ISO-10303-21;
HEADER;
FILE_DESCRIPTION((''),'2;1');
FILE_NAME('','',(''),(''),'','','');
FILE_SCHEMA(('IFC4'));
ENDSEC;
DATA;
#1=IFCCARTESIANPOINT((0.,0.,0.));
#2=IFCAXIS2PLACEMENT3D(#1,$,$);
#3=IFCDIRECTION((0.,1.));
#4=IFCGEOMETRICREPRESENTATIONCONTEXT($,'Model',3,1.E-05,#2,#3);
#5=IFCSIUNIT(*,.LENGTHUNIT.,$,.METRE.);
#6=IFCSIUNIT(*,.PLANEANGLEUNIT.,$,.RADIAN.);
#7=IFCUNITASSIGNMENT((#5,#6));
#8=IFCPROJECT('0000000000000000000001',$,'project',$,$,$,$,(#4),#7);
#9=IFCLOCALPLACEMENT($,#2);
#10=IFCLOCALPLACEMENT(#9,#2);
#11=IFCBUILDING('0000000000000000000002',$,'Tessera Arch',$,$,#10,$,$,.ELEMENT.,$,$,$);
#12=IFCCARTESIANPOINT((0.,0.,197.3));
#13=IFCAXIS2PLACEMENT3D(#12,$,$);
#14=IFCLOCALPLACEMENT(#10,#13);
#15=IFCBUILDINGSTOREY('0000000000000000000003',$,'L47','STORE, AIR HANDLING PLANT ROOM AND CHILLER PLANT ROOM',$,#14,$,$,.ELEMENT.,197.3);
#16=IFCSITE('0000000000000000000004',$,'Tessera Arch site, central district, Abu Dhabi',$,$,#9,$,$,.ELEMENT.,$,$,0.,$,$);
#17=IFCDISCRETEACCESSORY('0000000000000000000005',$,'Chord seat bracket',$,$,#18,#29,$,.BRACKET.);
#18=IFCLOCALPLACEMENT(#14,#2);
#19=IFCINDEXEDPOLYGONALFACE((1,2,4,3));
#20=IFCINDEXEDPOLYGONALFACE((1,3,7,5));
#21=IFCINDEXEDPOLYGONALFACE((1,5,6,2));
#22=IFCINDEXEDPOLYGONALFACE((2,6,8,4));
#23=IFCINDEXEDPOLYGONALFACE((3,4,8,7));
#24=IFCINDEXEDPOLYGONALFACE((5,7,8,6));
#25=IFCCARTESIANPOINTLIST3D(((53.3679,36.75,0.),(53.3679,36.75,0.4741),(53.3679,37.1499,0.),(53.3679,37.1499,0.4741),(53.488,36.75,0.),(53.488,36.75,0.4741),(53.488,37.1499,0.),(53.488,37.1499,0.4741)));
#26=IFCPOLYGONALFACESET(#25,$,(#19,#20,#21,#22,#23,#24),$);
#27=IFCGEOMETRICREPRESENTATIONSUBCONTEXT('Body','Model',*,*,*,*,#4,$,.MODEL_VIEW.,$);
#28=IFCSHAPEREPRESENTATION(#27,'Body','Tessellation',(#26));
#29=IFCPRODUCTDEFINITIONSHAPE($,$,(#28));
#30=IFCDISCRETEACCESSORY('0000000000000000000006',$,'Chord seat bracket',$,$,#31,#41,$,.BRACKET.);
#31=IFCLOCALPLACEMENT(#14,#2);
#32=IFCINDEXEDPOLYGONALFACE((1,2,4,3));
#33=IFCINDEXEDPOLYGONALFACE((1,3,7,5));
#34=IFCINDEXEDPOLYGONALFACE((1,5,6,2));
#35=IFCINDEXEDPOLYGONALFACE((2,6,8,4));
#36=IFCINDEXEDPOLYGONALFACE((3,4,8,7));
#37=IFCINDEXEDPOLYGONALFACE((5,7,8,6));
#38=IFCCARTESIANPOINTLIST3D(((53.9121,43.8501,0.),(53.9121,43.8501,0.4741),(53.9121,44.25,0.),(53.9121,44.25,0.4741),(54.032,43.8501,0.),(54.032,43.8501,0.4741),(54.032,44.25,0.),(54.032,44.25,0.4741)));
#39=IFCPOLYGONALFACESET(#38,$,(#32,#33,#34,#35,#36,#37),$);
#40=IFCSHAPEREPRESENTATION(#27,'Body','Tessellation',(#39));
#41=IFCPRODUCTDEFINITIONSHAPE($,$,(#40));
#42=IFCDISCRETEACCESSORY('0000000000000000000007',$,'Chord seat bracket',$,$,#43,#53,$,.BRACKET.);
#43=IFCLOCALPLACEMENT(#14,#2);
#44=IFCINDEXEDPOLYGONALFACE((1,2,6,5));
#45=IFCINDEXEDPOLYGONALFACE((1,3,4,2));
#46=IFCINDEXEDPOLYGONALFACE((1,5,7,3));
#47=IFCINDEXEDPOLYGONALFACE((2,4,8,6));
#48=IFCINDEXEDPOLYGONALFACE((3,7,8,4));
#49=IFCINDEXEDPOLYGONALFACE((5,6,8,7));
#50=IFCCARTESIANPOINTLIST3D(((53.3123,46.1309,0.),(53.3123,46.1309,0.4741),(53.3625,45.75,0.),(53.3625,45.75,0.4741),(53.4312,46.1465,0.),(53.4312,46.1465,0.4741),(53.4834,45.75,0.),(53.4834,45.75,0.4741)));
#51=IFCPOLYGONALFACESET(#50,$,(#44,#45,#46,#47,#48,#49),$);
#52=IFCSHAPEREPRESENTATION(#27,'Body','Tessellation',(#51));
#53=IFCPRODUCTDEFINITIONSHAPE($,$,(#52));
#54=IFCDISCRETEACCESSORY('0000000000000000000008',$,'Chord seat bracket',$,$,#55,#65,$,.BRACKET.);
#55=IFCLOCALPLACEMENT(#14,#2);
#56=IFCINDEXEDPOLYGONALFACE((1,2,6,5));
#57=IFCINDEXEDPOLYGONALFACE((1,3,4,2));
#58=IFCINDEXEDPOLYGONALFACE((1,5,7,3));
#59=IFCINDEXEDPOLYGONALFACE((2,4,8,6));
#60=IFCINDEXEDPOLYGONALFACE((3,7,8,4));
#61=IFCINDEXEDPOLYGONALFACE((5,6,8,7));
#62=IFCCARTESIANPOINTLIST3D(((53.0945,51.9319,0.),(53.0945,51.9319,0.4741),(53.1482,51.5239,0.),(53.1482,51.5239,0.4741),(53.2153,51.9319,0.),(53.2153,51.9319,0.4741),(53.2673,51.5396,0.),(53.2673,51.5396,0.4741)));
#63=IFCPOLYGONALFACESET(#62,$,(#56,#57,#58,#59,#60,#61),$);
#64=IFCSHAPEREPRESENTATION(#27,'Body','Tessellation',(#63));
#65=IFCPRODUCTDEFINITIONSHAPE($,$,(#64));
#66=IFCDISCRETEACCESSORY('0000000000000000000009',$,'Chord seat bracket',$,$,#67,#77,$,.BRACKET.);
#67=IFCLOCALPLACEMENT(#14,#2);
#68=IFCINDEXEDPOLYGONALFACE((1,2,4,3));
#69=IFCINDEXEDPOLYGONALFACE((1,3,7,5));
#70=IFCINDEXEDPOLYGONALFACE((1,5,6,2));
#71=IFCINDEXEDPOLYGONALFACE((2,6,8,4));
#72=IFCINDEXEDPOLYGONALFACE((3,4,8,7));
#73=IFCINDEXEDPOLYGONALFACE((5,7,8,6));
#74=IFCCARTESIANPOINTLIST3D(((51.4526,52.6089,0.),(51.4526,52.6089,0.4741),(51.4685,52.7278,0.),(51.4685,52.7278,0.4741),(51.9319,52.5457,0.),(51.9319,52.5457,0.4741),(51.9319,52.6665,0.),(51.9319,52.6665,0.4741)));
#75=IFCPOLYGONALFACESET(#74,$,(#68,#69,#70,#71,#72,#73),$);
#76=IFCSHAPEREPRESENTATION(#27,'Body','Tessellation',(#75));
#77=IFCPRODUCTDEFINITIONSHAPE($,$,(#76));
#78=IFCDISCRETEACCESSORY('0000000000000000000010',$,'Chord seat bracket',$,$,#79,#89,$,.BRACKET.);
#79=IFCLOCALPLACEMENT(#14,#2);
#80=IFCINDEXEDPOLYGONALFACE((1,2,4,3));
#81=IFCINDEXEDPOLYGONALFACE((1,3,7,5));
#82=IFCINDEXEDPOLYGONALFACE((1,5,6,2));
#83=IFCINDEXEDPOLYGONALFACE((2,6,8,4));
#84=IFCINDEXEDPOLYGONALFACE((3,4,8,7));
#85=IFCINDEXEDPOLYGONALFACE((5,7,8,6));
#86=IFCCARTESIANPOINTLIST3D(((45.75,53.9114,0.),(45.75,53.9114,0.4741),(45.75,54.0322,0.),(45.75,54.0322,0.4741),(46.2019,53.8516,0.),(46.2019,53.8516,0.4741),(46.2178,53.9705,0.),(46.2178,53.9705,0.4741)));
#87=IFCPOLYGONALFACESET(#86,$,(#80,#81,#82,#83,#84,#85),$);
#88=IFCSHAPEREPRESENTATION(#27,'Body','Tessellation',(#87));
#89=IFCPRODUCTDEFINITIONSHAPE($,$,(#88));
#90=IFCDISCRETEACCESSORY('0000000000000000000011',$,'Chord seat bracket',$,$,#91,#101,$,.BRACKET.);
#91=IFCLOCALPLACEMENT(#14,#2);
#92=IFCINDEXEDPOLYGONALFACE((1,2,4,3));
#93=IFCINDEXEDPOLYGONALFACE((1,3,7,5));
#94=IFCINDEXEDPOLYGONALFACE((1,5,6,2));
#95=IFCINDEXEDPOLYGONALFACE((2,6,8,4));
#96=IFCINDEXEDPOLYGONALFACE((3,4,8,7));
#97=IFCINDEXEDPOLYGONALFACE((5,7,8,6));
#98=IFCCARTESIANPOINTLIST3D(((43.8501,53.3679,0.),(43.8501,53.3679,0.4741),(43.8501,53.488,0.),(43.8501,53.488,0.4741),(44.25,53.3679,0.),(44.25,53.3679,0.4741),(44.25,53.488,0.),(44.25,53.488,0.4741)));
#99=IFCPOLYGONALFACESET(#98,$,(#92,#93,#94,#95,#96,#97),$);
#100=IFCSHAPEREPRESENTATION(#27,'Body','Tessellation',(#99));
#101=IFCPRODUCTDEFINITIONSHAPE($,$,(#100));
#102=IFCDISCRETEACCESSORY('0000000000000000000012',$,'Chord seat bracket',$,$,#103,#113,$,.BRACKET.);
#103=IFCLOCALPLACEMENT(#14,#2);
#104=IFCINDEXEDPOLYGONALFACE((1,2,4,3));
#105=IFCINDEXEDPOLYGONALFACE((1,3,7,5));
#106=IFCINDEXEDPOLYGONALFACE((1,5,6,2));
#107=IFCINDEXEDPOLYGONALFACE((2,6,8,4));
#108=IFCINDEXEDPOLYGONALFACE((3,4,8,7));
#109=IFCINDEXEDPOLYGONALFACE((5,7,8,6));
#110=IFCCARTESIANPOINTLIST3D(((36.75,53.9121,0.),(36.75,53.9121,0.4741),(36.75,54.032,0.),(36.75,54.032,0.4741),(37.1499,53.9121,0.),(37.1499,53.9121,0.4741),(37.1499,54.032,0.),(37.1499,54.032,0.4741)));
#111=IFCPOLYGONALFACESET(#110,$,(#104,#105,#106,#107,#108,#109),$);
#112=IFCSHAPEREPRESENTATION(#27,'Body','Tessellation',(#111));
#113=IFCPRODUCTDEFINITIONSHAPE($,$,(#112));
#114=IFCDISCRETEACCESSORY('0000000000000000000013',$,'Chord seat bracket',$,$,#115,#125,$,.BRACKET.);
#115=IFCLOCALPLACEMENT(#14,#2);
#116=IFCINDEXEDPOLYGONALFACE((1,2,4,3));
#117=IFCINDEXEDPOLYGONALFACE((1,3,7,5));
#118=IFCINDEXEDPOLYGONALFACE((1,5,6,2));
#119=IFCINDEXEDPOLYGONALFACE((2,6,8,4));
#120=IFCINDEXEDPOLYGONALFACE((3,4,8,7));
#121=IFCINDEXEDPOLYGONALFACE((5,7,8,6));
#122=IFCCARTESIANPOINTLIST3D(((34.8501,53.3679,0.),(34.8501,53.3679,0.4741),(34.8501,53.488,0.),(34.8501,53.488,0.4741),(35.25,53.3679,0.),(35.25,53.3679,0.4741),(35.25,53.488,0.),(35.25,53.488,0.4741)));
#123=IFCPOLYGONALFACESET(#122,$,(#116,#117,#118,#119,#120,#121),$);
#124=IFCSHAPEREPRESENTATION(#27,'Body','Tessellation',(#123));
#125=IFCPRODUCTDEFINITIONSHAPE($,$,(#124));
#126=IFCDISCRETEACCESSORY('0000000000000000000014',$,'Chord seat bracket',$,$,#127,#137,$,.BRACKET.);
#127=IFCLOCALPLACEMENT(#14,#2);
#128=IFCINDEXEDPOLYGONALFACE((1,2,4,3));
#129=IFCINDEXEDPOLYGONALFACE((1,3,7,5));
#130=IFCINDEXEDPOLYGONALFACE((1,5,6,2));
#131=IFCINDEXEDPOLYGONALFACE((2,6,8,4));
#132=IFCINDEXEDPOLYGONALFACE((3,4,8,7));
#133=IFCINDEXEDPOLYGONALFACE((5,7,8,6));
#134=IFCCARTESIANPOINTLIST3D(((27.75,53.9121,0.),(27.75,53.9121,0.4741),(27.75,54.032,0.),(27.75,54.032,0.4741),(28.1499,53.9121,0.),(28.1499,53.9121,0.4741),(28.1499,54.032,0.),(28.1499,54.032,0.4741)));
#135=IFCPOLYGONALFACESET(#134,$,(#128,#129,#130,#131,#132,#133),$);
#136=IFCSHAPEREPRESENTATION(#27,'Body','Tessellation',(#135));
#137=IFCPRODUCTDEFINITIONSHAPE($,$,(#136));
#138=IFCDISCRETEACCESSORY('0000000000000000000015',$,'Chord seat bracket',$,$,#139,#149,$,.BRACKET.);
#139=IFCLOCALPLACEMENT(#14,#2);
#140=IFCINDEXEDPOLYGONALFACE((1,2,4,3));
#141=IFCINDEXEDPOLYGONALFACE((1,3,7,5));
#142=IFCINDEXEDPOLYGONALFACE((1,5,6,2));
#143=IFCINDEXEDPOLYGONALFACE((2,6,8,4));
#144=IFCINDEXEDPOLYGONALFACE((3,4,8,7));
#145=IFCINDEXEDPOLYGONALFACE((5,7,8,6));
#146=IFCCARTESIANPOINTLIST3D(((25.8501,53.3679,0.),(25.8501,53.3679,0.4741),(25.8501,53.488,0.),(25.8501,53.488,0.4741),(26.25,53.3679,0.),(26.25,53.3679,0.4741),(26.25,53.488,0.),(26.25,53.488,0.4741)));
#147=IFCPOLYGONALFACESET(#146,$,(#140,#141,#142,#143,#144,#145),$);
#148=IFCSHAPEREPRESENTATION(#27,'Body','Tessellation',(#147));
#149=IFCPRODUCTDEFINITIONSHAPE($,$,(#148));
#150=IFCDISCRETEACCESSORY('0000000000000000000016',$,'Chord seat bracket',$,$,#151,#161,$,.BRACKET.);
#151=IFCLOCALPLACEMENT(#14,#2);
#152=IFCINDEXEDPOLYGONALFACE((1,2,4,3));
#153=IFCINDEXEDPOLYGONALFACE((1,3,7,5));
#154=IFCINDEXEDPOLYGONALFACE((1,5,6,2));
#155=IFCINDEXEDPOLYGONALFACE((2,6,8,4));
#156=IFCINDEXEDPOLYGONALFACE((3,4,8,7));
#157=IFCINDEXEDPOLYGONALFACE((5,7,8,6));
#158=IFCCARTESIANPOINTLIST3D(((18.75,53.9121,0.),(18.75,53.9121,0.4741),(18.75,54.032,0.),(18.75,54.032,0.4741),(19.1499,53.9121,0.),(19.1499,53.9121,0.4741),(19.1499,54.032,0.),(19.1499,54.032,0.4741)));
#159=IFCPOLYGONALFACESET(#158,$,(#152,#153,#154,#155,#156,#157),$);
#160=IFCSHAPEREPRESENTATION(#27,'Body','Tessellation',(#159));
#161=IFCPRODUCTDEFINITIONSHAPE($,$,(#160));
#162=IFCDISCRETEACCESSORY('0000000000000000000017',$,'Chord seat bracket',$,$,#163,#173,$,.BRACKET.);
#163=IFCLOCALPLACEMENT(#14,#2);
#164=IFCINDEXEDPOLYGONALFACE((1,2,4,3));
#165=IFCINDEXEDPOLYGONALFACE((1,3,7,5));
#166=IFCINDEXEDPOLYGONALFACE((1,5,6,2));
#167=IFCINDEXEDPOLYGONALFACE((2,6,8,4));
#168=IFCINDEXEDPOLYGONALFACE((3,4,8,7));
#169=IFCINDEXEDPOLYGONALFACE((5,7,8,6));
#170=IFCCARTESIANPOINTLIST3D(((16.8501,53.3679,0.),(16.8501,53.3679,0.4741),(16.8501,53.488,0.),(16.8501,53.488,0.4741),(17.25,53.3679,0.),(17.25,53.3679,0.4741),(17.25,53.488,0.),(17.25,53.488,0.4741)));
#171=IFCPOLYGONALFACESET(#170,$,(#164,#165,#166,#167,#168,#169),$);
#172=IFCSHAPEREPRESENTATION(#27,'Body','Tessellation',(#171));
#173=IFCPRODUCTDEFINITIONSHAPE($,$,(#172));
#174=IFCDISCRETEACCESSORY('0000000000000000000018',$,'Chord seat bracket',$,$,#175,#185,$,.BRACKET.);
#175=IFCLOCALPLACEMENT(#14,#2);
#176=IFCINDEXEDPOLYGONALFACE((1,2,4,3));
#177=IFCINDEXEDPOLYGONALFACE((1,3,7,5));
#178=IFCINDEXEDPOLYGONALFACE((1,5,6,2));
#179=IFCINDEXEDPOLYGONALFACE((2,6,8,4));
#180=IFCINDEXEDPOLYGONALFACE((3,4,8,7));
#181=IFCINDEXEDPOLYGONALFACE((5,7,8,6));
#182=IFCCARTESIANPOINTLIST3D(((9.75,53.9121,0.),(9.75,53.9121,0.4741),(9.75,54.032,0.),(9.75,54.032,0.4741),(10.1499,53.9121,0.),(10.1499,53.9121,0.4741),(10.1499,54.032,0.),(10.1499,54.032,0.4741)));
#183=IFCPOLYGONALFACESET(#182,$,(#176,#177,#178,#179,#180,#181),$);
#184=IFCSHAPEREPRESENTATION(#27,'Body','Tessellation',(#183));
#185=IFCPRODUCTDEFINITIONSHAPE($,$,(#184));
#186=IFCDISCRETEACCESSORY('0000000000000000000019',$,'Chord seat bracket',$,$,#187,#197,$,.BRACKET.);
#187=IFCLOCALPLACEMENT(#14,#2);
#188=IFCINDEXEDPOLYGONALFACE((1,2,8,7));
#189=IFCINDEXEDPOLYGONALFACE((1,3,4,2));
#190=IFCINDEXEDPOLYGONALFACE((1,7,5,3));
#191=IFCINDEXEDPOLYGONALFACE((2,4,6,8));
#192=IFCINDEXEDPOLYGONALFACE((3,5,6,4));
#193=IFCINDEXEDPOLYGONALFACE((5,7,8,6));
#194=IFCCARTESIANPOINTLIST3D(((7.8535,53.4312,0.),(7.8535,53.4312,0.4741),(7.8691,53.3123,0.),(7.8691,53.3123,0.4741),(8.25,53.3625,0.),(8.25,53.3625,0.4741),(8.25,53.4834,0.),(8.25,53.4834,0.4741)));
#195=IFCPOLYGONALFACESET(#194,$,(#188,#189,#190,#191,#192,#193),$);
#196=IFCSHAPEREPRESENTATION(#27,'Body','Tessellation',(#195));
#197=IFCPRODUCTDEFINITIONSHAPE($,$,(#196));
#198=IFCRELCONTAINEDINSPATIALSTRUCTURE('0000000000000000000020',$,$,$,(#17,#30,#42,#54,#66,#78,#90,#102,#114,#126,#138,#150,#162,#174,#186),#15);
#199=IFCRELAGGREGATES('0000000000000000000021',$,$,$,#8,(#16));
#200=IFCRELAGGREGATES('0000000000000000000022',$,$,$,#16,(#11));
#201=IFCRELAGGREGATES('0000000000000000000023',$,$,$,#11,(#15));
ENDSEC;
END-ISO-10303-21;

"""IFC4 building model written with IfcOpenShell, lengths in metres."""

from ifc_helpers import new_model, si_unit, direction, frame, origin, place, context, subcontext, project, spatial, polyline, outline, extrude, element, save


model = new_model("IFC4")

# Units and contexts
model_context = context("Model", 3, precision=1e-05, world=origin(), true_north=direction((0.0, 1.0)))
body_context = subcontext(model_context, "Body", "Model", "MODEL_VIEW")
ifc_project = project(units=[si_unit("LENGTHUNIT", "METRE"), si_unit("PLANEANGLEUNIT", "RADIAN")], contexts=[model_context])

# Site, building, storey
site_placement = place(None, origin())
site = spatial("IfcSite", under=ifc_project, at=site_placement, Name="Tessera Arch site, central district, Abu Dhabi", CompositionType="ELEMENT", RefElevation=0.0)
building_placement = place(site_placement, origin())
building = spatial("IfcBuilding", under=site, at=building_placement, Name="Tessera Arch", CompositionType="ELEMENT")
storey_placement = place(building_placement, frame((0.0, 0.0, 197.3)))
storey = spatial("IfcBuildingStorey", under=building, at=storey_placement, Name="L47", Description="STORE, AIR HANDLING PLANT ROOM AND CHILLER PLANT ROOM", CompositionType="ELEMENT", Elevation=197.3)

# Discrete accessories
discrete_accessory_1_placement = place(storey_placement, origin())
element("IfcDiscreteAccessory", 1, at=discrete_accessory_1_placement, inside=storey, Name="Chord seat bracket", PredefinedType="BRACKET", context=body_context, shape_type="SweptSolid", body=[
    extrude(outline(polyline([(53.488, 36.75), (53.3679, 36.75), (53.3679, 37.1499), (53.488, 37.1499), (53.488, 36.75)])), origin(), (0.0, 0.0, 1.0), 0.4741),
])
discrete_accessory_2_placement = place(storey_placement, origin())
element("IfcDiscreteAccessory", 2, at=discrete_accessory_2_placement, inside=storey, Name="Chord seat bracket", PredefinedType="BRACKET", context=body_context, shape_type="SweptSolid", body=[
    extrude(outline(polyline([(53.9121, 43.8501), (53.9121, 44.25), (54.032, 44.25), (54.032, 43.8501), (53.9121, 43.8501)])), origin(), (0.0, 0.0, 1.0), 0.4741),
])
discrete_accessory_3_placement = place(storey_placement, origin())
element("IfcDiscreteAccessory", 3, at=discrete_accessory_3_placement, inside=storey, Name="Chord seat bracket", PredefinedType="BRACKET", context=body_context, shape_type="SweptSolid", body=[
    extrude(outline(polyline([(53.4312, 46.1465), (53.4834, 45.75), (53.3625, 45.75), (53.3123, 46.1309), (53.4312, 46.1465)])), origin(), (0.0, 0.0, 1.0), 0.4741),
])
discrete_accessory_4_placement = place(storey_placement, origin())
element("IfcDiscreteAccessory", 4, at=discrete_accessory_4_placement, inside=storey, Name="Chord seat bracket", PredefinedType="BRACKET", context=body_context, shape_type="SweptSolid", body=[
    extrude(outline(polyline([(53.1482, 51.5239), (53.0945, 51.9319), (53.2153, 51.9319), (53.2673, 51.5396), (53.1482, 51.5239)])), origin(), (0.0, 0.0, 1.0), 0.4741),
])
discrete_accessory_5_placement = place(storey_placement, origin())
element("IfcDiscreteAccessory", 5, at=discrete_accessory_5_placement, inside=storey, Name="Chord seat bracket", PredefinedType="BRACKET", context=body_context, shape_type="SweptSolid", body=[
    extrude(outline(polyline([(51.4685, 52.7278), (51.9319, 52.6665), (51.9319, 52.5457), (51.4526, 52.6089), (51.4685, 52.7278)])), origin(), (0.0, 0.0, 1.0), 0.4741),
])
discrete_accessory_6_placement = place(storey_placement, origin())
element("IfcDiscreteAccessory", 6, at=discrete_accessory_6_placement, inside=storey, Name="Chord seat bracket", PredefinedType="BRACKET", context=body_context, shape_type="SweptSolid", body=[
    extrude(outline(polyline([(46.2019, 53.8516), (45.75, 53.9114), (45.75, 54.0322), (46.2178, 53.9705), (46.2019, 53.8516)])), origin(), (0.0, 0.0, 1.0), 0.4741),
])
discrete_accessory_7_placement = place(storey_placement, origin())
element("IfcDiscreteAccessory", 7, at=discrete_accessory_7_placement, inside=storey, Name="Chord seat bracket", PredefinedType="BRACKET", context=body_context, shape_type="SweptSolid", body=[
    extrude(outline(polyline([(43.8501, 53.488), (44.25, 53.488), (44.25, 53.3679), (43.8501, 53.3679), (43.8501, 53.488)])), origin(), (0.0, 0.0, 1.0), 0.4741),
])
discrete_accessory_8_placement = place(storey_placement, origin())
element("IfcDiscreteAccessory", 8, at=discrete_accessory_8_placement, inside=storey, Name="Chord seat bracket", PredefinedType="BRACKET", context=body_context, shape_type="SweptSolid", body=[
    extrude(outline(polyline([(36.75, 53.9121), (36.75, 54.032), (37.1499, 54.032), (37.1499, 53.9121), (36.75, 53.9121)])), origin(), (0.0, 0.0, 1.0), 0.4741),
])
discrete_accessory_9_placement = place(storey_placement, origin())
element("IfcDiscreteAccessory", 9, at=discrete_accessory_9_placement, inside=storey, Name="Chord seat bracket", PredefinedType="BRACKET", context=body_context, shape_type="SweptSolid", body=[
    extrude(outline(polyline([(35.25, 53.488), (35.25, 53.3679), (34.8501, 53.3679), (34.8501, 53.488), (35.25, 53.488)])), origin(), (0.0, 0.0, 1.0), 0.4741),
])
discrete_accessory_10_placement = place(storey_placement, origin())
element("IfcDiscreteAccessory", 10, at=discrete_accessory_10_placement, inside=storey, Name="Chord seat bracket", PredefinedType="BRACKET", context=body_context, shape_type="SweptSolid", body=[
    extrude(outline(polyline([(28.1499, 53.9121), (27.75, 53.9121), (27.75, 54.032), (28.1499, 54.032), (28.1499, 53.9121)])), origin(), (0.0, 0.0, 1.0), 0.4741),
])
discrete_accessory_11_placement = place(storey_placement, origin())
element("IfcDiscreteAccessory", 11, at=discrete_accessory_11_placement, inside=storey, Name="Chord seat bracket", PredefinedType="BRACKET", context=body_context, shape_type="SweptSolid", body=[
    extrude(outline(polyline([(25.8501, 53.488), (26.25, 53.488), (26.25, 53.3679), (25.8501, 53.3679), (25.8501, 53.488)])), origin(), (0.0, 0.0, 1.0), 0.4741),
])
discrete_accessory_12_placement = place(storey_placement, origin())
element("IfcDiscreteAccessory", 12, at=discrete_accessory_12_placement, inside=storey, Name="Chord seat bracket", PredefinedType="BRACKET", context=body_context, shape_type="SweptSolid", body=[
    extrude(outline(polyline([(19.1499, 53.9121), (18.75, 53.9121), (18.75, 54.032), (19.1499, 54.032), (19.1499, 53.9121)])), origin(), (0.0, 0.0, 1.0), 0.4741),
])
discrete_accessory_13_placement = place(storey_placement, origin())
element("IfcDiscreteAccessory", 13, at=discrete_accessory_13_placement, inside=storey, Name="Chord seat bracket", PredefinedType="BRACKET", context=body_context, shape_type="SweptSolid", body=[
    extrude(outline(polyline([(16.8501, 53.488), (17.25, 53.488), (17.25, 53.3679), (16.8501, 53.3679), (16.8501, 53.488)])), origin(), (0.0, 0.0, 1.0), 0.4741),
])
discrete_accessory_14_placement = place(storey_placement, origin())
element("IfcDiscreteAccessory", 14, at=discrete_accessory_14_placement, inside=storey, Name="Chord seat bracket", PredefinedType="BRACKET", context=body_context, shape_type="SweptSolid", body=[
    extrude(outline(polyline([(9.75, 53.9121), (9.75, 54.032), (10.1499, 54.032), (10.1499, 53.9121), (9.75, 53.9121)])), origin(), (0.0, 0.0, 1.0), 0.4741),
])
discrete_accessory_15_placement = place(storey_placement, origin())
element("IfcDiscreteAccessory", 15, at=discrete_accessory_15_placement, inside=storey, Name="Chord seat bracket", PredefinedType="BRACKET", context=body_context, shape_type="SweptSolid", body=[
    extrude(outline(polyline([(8.25, 53.4834), (8.25, 53.3625), (7.8691, 53.3123), (7.8535, 53.4312), (8.25, 53.4834)])), origin(), (0.0, 0.0, 1.0), 0.4741),
])

save(model, "model.ifc")
